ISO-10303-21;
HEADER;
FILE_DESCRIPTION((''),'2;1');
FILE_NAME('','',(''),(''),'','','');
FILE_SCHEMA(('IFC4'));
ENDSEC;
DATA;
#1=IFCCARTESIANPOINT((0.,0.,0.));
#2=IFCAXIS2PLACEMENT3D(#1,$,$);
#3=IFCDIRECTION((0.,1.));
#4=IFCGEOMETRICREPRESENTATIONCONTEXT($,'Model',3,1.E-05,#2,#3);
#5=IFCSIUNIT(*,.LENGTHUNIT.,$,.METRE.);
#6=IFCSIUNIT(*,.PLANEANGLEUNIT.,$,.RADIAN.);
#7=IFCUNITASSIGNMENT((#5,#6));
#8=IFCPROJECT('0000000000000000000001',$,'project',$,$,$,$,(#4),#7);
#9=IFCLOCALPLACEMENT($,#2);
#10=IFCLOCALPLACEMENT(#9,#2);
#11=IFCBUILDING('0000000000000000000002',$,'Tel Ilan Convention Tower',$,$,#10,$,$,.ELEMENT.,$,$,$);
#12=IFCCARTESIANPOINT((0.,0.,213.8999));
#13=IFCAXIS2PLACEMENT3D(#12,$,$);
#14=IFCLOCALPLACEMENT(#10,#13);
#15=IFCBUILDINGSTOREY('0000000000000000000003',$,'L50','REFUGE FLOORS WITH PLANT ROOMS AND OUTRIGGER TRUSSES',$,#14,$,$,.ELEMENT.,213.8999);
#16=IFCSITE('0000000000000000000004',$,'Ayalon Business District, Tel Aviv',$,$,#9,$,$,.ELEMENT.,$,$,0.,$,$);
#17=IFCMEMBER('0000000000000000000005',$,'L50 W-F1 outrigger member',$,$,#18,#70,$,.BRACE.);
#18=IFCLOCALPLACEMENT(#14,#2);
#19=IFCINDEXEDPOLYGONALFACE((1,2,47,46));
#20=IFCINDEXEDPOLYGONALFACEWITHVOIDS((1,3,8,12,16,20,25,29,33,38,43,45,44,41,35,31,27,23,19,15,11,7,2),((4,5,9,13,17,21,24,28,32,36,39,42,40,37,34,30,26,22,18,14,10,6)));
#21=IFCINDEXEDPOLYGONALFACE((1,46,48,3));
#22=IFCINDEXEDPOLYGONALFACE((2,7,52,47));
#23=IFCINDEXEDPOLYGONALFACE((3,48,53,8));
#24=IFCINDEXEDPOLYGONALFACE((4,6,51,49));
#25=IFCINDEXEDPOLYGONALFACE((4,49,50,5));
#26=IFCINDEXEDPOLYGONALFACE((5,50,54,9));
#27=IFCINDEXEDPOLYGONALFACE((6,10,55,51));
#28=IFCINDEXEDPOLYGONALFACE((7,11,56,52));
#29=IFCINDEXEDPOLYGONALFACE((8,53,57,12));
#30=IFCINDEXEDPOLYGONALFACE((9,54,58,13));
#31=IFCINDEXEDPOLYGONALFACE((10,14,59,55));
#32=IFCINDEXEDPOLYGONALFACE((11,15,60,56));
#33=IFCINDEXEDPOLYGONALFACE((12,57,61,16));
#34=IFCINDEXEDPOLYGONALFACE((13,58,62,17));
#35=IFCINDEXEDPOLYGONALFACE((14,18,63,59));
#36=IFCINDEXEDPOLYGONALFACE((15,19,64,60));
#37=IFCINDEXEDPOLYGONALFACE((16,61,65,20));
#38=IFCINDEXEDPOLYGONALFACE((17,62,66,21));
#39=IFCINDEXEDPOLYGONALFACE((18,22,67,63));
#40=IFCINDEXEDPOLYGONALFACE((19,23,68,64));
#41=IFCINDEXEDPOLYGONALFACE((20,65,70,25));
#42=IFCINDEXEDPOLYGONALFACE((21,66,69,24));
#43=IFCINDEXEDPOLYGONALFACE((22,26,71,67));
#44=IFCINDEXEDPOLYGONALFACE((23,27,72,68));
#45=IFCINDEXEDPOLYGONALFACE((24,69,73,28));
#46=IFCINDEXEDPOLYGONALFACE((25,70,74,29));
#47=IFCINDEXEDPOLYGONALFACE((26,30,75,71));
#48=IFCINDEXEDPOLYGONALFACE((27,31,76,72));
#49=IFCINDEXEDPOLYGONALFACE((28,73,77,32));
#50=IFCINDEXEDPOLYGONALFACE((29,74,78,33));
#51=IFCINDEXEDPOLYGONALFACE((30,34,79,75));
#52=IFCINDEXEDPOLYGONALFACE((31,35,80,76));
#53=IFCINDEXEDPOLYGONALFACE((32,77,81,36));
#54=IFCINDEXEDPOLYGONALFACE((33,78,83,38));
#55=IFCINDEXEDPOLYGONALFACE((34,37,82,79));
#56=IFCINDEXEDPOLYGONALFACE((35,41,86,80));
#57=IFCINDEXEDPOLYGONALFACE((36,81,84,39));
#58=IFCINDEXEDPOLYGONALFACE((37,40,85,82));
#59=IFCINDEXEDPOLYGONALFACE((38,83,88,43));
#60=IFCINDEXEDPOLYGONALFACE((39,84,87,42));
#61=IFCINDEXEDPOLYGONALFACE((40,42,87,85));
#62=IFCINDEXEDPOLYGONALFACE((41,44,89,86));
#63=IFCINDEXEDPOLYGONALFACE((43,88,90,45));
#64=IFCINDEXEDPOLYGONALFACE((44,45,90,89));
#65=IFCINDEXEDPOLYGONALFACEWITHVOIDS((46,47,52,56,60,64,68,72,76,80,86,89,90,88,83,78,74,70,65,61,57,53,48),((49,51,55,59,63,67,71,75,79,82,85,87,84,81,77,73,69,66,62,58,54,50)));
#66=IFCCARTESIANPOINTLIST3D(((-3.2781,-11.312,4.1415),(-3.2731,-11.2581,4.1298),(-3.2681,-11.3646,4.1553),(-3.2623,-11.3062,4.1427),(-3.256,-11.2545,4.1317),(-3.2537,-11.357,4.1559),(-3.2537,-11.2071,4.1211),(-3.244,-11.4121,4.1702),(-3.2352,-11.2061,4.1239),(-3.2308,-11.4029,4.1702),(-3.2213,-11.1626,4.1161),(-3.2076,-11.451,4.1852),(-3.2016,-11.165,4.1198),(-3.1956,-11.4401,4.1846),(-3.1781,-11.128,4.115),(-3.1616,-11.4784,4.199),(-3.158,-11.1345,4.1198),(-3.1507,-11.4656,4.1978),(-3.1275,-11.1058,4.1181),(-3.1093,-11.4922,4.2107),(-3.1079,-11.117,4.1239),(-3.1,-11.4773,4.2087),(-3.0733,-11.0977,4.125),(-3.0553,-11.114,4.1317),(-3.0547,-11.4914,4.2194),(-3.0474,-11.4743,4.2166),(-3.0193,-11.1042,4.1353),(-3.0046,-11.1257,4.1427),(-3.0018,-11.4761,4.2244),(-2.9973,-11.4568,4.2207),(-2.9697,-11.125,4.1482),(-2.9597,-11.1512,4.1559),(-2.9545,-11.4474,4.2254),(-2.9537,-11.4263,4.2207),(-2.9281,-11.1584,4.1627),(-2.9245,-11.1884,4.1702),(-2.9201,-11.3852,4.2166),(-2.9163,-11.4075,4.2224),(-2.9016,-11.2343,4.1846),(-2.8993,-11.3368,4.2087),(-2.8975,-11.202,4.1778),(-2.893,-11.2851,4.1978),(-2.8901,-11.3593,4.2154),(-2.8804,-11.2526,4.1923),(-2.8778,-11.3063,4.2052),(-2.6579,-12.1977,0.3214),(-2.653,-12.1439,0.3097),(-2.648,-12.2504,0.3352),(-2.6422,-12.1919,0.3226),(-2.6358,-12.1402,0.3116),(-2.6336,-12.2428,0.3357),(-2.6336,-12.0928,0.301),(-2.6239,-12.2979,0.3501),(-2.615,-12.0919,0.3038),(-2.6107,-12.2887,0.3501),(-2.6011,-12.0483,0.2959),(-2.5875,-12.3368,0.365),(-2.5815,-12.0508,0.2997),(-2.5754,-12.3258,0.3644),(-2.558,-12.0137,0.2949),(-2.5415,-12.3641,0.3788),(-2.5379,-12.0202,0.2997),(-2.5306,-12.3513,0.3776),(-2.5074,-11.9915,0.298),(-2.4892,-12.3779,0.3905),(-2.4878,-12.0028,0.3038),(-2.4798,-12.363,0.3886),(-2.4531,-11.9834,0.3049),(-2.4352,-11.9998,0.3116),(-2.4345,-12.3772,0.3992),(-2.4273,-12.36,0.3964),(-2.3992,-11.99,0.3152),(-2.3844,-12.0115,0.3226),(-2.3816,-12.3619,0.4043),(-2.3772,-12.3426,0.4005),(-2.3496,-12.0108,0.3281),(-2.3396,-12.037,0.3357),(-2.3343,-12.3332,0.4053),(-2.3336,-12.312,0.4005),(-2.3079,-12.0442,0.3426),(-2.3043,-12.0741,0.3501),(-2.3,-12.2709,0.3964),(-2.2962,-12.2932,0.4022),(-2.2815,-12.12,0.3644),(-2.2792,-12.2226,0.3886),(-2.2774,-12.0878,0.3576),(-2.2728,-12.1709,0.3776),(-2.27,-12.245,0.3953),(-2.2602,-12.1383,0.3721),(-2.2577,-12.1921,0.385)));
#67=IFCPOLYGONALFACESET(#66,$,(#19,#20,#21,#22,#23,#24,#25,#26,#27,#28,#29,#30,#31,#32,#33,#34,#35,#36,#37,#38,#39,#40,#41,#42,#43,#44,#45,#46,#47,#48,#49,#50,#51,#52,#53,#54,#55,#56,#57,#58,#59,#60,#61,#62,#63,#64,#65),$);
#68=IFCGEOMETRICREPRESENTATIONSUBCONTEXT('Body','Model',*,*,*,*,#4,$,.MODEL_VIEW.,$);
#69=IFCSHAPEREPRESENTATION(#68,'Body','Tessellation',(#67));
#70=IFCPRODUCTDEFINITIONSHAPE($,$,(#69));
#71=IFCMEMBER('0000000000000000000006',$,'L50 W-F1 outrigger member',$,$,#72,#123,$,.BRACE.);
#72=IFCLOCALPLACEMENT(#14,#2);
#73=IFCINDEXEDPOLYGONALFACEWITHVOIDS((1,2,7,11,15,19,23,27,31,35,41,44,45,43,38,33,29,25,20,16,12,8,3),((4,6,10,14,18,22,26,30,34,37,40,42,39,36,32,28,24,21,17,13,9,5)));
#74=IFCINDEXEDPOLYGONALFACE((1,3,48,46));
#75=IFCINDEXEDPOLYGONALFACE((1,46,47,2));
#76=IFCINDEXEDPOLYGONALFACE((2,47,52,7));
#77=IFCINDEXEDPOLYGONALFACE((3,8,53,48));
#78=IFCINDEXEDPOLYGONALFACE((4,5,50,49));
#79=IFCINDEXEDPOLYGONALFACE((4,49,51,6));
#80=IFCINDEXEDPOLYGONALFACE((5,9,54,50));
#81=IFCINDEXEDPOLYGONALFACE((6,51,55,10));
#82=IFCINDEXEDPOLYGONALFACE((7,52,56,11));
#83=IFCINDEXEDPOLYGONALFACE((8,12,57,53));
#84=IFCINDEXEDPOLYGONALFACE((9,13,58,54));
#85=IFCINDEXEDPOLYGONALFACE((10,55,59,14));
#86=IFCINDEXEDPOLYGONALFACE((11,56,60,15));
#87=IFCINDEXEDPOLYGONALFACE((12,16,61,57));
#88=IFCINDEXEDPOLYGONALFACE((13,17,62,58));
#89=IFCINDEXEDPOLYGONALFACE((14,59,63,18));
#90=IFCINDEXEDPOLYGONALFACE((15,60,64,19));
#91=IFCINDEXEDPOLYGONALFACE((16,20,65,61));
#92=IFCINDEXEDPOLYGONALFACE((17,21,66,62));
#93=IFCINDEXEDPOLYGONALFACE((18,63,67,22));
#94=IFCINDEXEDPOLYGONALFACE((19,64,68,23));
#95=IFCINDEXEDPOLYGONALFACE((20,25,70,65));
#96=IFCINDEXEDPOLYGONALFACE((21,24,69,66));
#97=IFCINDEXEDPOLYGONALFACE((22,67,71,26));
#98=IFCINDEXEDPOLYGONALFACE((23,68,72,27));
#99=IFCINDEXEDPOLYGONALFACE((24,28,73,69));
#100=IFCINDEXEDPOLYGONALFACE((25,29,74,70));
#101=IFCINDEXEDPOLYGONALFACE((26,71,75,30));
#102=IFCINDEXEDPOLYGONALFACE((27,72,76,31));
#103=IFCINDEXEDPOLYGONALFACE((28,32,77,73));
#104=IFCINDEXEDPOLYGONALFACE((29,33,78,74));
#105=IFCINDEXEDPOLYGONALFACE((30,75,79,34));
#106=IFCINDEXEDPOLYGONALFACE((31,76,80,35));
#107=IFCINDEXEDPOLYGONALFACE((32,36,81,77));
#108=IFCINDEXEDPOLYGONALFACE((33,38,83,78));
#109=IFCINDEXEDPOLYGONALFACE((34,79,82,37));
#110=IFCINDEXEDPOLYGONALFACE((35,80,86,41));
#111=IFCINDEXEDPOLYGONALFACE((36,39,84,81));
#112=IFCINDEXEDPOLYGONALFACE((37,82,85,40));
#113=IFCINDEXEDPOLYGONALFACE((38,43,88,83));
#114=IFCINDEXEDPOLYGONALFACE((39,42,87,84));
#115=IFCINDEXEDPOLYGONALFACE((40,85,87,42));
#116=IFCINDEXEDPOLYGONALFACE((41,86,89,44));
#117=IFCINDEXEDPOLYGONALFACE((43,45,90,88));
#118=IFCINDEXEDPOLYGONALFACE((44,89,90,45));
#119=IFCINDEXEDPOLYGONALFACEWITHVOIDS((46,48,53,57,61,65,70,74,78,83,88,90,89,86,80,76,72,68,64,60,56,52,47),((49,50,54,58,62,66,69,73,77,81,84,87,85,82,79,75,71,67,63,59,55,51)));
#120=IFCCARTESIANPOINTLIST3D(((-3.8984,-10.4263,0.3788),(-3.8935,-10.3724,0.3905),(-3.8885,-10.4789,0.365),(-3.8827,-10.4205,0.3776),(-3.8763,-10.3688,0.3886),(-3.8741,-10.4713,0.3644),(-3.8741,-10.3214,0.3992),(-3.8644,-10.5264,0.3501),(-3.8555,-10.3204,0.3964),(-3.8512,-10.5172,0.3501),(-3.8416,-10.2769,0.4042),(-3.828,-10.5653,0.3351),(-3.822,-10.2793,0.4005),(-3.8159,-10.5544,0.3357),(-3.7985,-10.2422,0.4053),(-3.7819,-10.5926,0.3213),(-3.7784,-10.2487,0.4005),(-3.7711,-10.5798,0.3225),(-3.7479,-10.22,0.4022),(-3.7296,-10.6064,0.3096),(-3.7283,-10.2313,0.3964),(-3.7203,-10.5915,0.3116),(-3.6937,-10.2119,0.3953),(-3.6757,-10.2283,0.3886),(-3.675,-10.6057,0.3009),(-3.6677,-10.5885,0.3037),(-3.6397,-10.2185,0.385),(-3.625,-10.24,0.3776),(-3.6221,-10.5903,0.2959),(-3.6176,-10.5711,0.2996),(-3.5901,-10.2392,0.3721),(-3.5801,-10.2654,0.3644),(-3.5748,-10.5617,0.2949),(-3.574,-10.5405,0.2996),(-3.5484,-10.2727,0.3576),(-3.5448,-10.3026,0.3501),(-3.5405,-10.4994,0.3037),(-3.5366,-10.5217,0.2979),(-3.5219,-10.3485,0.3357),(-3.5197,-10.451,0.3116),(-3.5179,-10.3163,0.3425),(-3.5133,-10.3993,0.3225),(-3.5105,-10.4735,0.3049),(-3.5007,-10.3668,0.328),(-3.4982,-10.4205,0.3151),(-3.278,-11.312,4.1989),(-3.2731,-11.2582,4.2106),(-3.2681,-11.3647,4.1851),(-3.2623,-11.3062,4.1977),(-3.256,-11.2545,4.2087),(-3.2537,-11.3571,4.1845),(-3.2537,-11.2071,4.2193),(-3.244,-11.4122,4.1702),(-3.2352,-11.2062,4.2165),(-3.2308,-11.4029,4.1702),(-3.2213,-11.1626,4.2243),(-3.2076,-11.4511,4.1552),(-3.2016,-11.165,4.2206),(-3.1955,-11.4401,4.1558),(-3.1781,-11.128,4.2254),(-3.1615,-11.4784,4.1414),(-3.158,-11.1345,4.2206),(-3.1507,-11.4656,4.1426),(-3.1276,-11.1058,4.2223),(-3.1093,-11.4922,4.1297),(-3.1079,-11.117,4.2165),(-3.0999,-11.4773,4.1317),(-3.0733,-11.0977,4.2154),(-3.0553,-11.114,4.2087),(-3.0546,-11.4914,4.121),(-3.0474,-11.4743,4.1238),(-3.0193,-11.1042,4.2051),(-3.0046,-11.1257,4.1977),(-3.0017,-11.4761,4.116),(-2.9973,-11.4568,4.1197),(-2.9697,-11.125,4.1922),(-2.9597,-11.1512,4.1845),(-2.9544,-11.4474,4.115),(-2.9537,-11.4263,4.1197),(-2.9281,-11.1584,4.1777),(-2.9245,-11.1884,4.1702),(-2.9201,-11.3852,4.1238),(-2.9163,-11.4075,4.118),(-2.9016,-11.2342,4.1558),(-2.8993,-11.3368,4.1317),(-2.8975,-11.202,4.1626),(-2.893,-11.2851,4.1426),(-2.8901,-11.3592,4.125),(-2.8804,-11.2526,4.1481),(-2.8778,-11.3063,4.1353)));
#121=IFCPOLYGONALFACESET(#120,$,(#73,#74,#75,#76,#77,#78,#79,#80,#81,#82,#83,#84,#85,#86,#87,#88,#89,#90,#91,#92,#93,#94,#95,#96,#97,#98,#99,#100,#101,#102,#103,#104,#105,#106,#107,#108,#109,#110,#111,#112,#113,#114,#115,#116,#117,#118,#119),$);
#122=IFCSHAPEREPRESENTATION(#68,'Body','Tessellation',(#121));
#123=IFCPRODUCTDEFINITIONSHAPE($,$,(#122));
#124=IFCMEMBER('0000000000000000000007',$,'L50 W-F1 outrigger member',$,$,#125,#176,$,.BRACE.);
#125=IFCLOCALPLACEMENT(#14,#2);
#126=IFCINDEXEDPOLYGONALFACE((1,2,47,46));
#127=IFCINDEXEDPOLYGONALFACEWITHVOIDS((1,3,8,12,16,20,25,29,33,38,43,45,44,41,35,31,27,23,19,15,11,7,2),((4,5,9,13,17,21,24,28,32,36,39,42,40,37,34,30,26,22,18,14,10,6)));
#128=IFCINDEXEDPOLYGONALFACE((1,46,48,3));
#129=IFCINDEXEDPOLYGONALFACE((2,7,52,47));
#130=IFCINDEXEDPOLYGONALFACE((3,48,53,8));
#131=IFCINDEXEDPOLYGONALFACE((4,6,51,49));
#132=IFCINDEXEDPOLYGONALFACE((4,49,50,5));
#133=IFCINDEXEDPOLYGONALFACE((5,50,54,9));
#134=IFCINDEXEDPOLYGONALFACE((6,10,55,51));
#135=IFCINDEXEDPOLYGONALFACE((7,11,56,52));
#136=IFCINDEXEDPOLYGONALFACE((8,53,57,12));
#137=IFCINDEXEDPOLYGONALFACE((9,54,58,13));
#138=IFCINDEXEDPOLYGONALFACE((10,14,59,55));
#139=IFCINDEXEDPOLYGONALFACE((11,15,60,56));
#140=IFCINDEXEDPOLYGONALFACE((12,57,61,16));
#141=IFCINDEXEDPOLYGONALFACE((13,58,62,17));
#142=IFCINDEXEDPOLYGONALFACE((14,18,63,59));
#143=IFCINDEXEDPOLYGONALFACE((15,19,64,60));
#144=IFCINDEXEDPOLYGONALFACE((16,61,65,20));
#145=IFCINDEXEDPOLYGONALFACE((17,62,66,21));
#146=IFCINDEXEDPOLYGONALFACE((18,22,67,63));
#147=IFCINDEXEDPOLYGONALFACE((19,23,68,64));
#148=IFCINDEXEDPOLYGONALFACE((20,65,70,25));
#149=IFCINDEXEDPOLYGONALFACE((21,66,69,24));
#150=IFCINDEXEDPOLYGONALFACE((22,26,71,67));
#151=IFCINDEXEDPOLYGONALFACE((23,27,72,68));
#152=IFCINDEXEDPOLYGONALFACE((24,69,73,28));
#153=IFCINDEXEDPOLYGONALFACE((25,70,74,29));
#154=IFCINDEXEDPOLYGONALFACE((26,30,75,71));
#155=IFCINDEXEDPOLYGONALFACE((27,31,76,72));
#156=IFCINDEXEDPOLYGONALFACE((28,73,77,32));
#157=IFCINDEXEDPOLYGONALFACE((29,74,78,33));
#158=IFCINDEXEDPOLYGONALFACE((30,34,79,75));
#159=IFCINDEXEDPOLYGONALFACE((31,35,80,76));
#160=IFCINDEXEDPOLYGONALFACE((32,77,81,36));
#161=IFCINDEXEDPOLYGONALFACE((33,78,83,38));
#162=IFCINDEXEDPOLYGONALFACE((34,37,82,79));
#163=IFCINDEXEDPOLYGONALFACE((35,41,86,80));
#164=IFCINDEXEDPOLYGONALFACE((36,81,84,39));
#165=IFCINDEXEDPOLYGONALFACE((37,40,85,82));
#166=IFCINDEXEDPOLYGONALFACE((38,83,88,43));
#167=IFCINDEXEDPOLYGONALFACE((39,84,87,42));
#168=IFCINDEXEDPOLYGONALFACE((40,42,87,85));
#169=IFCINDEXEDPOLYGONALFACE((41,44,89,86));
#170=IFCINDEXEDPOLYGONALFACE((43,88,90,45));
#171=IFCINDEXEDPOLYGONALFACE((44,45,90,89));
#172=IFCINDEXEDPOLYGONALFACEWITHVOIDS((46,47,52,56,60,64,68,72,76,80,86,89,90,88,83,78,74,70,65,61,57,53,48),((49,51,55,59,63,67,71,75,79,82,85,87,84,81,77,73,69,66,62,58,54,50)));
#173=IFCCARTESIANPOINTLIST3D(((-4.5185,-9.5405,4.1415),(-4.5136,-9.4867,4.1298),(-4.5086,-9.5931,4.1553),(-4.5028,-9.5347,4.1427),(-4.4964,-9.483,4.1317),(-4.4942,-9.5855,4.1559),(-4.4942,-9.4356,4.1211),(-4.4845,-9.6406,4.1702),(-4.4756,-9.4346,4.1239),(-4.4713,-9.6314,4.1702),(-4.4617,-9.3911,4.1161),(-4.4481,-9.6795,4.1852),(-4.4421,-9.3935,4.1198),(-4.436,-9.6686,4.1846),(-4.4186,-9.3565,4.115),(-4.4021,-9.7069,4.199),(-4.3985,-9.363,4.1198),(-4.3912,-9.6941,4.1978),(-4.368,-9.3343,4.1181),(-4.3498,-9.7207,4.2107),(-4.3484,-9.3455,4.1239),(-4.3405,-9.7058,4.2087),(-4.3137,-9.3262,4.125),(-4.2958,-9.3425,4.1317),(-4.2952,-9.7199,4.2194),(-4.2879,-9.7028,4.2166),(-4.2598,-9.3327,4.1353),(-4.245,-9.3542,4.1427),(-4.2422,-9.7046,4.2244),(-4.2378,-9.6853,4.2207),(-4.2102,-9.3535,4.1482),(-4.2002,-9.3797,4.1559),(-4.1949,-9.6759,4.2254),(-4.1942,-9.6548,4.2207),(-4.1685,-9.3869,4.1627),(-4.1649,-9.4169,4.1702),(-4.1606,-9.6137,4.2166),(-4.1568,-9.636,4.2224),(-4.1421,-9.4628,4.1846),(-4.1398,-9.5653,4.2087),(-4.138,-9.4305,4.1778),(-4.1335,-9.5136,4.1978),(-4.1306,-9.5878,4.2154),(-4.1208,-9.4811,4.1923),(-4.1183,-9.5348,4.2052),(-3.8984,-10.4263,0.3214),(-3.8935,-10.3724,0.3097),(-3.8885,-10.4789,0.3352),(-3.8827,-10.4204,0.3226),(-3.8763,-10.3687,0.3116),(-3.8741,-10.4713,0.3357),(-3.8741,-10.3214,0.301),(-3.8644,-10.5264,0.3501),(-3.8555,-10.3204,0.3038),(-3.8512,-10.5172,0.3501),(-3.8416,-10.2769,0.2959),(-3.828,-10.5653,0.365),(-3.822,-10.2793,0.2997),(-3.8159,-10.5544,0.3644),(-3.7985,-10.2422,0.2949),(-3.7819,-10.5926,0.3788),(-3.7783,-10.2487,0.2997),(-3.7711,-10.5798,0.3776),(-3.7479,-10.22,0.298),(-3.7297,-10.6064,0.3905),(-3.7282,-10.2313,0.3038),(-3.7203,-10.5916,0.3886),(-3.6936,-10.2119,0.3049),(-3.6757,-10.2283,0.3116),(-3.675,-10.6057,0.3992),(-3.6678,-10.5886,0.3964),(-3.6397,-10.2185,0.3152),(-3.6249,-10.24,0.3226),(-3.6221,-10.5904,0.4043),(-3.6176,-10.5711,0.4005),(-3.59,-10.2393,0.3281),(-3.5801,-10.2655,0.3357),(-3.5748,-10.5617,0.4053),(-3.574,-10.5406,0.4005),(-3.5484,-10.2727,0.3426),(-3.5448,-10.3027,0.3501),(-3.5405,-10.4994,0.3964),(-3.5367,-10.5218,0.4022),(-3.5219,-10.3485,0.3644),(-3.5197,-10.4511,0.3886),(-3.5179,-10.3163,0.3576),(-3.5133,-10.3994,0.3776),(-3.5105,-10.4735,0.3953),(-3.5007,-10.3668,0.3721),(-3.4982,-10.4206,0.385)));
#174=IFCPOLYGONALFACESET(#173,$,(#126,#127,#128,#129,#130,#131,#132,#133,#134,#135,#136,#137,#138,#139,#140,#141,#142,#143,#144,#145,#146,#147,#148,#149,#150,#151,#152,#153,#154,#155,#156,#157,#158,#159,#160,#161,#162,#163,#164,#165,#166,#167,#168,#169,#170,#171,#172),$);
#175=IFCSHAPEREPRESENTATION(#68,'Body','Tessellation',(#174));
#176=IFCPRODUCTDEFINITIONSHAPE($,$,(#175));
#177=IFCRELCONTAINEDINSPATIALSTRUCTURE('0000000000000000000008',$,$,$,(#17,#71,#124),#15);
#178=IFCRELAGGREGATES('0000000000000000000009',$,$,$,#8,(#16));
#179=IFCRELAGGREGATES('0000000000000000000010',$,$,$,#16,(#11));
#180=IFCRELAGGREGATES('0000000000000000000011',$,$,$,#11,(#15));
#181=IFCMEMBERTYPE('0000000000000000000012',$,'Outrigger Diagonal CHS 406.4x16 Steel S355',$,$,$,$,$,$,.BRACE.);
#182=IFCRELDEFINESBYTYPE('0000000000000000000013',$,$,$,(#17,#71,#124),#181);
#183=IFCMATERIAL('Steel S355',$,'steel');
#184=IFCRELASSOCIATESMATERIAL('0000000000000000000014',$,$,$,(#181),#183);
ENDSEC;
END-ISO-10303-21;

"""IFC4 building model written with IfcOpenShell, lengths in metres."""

from ifc_helpers import new_model, si_unit, direction, frame, origin, origin_2d, place, context, subcontext, project, spatial, hollow_circle, extrude, material, material_profile, profile_set, type_object, element, save


model = new_model("IFC4")

# Units and contexts
model_context = context("Model", 3, precision=1e-05, world=origin(), true_north=direction((0.0, 1.0)))
body_context = subcontext(model_context, "Body", "Model", "MODEL_VIEW")
ifc_project = project(units=[si_unit("LENGTHUNIT", "METRE"), si_unit("PLANEANGLEUNIT", "RADIAN")], contexts=[model_context])

# Site, building, storey
site_placement = place(None, origin())
site = spatial("IfcSite", under=ifc_project, at=site_placement, Name="Ayalon Business District, Tel Aviv", CompositionType="ELEMENT", RefElevation=0.0)
building_placement = place(site_placement, origin())
building = spatial("IfcBuilding", under=site, at=building_placement, Name="Tel Ilan Convention Tower", CompositionType="ELEMENT")
storey_placement = place(building_placement, frame((0.0, 0.0, 213.8999)))
storey = spatial("IfcBuildingStorey", under=building, at=storey_placement, Name="L50", Description="REFUGE FLOORS WITH PLANT ROOMS AND OUTRIGGER TRUSSES", CompositionType="ELEMENT", Elevation=213.8999)

# Members
ifc_material_1 = material(Name="Steel S355", Category="steel")
ifc_material_profile_1 = material_profile(ifc_material_1, hollow_circle(Radius=0.2031, WallThickness=0.0161, at=origin_2d()), Name="CHS 406.4x16")
ifc_profile_set_1 = profile_set([ifc_material_profile_1], Name="Steel S355")
member_type_1 = type_object("IfcMemberType", Name="Outrigger Diagonal CHS 406.4x16 Steel S355", PredefinedType="BRACE", material=ifc_profile_set_1)
for number, where, z_axis, x_axis, name in (
    (1, (-2.4575, -12.1814, 0.3501), (-0.156195, 0.223101, 0.9622), (-0.819189, -0.573523, 0.0), "L50 W-F1 outrigger member"),
    (2, (-3.0776, -11.2957, 4.1702), (-0.156255, 0.223099, -0.962191), (-0.819083, -0.573674, 0.0), "L50 W-F1 outrigger member"),
    (3, (-3.698, -10.4099, 0.3501), (-0.156195, 0.223101, 0.9622), (-0.819189, -0.573523, 0.0), "L50 W-F1 outrigger member"),
):
    element("IfcMember", number, at=place(storey_placement, frame(where, z_axis=z_axis, x_axis=x_axis)), inside=storey, type_object=member_type_1, Name=name, PredefinedType="BRACE", context=body_context, shape_type="SweptSolid", body=[
        extrude(hollow_circle(Radius=0.2031, WallThickness=0.0161, at=origin_2d()), origin(), (0.0, 0.0, 1.0), 3.9702),
    ])

save(model, "model.ifc")
